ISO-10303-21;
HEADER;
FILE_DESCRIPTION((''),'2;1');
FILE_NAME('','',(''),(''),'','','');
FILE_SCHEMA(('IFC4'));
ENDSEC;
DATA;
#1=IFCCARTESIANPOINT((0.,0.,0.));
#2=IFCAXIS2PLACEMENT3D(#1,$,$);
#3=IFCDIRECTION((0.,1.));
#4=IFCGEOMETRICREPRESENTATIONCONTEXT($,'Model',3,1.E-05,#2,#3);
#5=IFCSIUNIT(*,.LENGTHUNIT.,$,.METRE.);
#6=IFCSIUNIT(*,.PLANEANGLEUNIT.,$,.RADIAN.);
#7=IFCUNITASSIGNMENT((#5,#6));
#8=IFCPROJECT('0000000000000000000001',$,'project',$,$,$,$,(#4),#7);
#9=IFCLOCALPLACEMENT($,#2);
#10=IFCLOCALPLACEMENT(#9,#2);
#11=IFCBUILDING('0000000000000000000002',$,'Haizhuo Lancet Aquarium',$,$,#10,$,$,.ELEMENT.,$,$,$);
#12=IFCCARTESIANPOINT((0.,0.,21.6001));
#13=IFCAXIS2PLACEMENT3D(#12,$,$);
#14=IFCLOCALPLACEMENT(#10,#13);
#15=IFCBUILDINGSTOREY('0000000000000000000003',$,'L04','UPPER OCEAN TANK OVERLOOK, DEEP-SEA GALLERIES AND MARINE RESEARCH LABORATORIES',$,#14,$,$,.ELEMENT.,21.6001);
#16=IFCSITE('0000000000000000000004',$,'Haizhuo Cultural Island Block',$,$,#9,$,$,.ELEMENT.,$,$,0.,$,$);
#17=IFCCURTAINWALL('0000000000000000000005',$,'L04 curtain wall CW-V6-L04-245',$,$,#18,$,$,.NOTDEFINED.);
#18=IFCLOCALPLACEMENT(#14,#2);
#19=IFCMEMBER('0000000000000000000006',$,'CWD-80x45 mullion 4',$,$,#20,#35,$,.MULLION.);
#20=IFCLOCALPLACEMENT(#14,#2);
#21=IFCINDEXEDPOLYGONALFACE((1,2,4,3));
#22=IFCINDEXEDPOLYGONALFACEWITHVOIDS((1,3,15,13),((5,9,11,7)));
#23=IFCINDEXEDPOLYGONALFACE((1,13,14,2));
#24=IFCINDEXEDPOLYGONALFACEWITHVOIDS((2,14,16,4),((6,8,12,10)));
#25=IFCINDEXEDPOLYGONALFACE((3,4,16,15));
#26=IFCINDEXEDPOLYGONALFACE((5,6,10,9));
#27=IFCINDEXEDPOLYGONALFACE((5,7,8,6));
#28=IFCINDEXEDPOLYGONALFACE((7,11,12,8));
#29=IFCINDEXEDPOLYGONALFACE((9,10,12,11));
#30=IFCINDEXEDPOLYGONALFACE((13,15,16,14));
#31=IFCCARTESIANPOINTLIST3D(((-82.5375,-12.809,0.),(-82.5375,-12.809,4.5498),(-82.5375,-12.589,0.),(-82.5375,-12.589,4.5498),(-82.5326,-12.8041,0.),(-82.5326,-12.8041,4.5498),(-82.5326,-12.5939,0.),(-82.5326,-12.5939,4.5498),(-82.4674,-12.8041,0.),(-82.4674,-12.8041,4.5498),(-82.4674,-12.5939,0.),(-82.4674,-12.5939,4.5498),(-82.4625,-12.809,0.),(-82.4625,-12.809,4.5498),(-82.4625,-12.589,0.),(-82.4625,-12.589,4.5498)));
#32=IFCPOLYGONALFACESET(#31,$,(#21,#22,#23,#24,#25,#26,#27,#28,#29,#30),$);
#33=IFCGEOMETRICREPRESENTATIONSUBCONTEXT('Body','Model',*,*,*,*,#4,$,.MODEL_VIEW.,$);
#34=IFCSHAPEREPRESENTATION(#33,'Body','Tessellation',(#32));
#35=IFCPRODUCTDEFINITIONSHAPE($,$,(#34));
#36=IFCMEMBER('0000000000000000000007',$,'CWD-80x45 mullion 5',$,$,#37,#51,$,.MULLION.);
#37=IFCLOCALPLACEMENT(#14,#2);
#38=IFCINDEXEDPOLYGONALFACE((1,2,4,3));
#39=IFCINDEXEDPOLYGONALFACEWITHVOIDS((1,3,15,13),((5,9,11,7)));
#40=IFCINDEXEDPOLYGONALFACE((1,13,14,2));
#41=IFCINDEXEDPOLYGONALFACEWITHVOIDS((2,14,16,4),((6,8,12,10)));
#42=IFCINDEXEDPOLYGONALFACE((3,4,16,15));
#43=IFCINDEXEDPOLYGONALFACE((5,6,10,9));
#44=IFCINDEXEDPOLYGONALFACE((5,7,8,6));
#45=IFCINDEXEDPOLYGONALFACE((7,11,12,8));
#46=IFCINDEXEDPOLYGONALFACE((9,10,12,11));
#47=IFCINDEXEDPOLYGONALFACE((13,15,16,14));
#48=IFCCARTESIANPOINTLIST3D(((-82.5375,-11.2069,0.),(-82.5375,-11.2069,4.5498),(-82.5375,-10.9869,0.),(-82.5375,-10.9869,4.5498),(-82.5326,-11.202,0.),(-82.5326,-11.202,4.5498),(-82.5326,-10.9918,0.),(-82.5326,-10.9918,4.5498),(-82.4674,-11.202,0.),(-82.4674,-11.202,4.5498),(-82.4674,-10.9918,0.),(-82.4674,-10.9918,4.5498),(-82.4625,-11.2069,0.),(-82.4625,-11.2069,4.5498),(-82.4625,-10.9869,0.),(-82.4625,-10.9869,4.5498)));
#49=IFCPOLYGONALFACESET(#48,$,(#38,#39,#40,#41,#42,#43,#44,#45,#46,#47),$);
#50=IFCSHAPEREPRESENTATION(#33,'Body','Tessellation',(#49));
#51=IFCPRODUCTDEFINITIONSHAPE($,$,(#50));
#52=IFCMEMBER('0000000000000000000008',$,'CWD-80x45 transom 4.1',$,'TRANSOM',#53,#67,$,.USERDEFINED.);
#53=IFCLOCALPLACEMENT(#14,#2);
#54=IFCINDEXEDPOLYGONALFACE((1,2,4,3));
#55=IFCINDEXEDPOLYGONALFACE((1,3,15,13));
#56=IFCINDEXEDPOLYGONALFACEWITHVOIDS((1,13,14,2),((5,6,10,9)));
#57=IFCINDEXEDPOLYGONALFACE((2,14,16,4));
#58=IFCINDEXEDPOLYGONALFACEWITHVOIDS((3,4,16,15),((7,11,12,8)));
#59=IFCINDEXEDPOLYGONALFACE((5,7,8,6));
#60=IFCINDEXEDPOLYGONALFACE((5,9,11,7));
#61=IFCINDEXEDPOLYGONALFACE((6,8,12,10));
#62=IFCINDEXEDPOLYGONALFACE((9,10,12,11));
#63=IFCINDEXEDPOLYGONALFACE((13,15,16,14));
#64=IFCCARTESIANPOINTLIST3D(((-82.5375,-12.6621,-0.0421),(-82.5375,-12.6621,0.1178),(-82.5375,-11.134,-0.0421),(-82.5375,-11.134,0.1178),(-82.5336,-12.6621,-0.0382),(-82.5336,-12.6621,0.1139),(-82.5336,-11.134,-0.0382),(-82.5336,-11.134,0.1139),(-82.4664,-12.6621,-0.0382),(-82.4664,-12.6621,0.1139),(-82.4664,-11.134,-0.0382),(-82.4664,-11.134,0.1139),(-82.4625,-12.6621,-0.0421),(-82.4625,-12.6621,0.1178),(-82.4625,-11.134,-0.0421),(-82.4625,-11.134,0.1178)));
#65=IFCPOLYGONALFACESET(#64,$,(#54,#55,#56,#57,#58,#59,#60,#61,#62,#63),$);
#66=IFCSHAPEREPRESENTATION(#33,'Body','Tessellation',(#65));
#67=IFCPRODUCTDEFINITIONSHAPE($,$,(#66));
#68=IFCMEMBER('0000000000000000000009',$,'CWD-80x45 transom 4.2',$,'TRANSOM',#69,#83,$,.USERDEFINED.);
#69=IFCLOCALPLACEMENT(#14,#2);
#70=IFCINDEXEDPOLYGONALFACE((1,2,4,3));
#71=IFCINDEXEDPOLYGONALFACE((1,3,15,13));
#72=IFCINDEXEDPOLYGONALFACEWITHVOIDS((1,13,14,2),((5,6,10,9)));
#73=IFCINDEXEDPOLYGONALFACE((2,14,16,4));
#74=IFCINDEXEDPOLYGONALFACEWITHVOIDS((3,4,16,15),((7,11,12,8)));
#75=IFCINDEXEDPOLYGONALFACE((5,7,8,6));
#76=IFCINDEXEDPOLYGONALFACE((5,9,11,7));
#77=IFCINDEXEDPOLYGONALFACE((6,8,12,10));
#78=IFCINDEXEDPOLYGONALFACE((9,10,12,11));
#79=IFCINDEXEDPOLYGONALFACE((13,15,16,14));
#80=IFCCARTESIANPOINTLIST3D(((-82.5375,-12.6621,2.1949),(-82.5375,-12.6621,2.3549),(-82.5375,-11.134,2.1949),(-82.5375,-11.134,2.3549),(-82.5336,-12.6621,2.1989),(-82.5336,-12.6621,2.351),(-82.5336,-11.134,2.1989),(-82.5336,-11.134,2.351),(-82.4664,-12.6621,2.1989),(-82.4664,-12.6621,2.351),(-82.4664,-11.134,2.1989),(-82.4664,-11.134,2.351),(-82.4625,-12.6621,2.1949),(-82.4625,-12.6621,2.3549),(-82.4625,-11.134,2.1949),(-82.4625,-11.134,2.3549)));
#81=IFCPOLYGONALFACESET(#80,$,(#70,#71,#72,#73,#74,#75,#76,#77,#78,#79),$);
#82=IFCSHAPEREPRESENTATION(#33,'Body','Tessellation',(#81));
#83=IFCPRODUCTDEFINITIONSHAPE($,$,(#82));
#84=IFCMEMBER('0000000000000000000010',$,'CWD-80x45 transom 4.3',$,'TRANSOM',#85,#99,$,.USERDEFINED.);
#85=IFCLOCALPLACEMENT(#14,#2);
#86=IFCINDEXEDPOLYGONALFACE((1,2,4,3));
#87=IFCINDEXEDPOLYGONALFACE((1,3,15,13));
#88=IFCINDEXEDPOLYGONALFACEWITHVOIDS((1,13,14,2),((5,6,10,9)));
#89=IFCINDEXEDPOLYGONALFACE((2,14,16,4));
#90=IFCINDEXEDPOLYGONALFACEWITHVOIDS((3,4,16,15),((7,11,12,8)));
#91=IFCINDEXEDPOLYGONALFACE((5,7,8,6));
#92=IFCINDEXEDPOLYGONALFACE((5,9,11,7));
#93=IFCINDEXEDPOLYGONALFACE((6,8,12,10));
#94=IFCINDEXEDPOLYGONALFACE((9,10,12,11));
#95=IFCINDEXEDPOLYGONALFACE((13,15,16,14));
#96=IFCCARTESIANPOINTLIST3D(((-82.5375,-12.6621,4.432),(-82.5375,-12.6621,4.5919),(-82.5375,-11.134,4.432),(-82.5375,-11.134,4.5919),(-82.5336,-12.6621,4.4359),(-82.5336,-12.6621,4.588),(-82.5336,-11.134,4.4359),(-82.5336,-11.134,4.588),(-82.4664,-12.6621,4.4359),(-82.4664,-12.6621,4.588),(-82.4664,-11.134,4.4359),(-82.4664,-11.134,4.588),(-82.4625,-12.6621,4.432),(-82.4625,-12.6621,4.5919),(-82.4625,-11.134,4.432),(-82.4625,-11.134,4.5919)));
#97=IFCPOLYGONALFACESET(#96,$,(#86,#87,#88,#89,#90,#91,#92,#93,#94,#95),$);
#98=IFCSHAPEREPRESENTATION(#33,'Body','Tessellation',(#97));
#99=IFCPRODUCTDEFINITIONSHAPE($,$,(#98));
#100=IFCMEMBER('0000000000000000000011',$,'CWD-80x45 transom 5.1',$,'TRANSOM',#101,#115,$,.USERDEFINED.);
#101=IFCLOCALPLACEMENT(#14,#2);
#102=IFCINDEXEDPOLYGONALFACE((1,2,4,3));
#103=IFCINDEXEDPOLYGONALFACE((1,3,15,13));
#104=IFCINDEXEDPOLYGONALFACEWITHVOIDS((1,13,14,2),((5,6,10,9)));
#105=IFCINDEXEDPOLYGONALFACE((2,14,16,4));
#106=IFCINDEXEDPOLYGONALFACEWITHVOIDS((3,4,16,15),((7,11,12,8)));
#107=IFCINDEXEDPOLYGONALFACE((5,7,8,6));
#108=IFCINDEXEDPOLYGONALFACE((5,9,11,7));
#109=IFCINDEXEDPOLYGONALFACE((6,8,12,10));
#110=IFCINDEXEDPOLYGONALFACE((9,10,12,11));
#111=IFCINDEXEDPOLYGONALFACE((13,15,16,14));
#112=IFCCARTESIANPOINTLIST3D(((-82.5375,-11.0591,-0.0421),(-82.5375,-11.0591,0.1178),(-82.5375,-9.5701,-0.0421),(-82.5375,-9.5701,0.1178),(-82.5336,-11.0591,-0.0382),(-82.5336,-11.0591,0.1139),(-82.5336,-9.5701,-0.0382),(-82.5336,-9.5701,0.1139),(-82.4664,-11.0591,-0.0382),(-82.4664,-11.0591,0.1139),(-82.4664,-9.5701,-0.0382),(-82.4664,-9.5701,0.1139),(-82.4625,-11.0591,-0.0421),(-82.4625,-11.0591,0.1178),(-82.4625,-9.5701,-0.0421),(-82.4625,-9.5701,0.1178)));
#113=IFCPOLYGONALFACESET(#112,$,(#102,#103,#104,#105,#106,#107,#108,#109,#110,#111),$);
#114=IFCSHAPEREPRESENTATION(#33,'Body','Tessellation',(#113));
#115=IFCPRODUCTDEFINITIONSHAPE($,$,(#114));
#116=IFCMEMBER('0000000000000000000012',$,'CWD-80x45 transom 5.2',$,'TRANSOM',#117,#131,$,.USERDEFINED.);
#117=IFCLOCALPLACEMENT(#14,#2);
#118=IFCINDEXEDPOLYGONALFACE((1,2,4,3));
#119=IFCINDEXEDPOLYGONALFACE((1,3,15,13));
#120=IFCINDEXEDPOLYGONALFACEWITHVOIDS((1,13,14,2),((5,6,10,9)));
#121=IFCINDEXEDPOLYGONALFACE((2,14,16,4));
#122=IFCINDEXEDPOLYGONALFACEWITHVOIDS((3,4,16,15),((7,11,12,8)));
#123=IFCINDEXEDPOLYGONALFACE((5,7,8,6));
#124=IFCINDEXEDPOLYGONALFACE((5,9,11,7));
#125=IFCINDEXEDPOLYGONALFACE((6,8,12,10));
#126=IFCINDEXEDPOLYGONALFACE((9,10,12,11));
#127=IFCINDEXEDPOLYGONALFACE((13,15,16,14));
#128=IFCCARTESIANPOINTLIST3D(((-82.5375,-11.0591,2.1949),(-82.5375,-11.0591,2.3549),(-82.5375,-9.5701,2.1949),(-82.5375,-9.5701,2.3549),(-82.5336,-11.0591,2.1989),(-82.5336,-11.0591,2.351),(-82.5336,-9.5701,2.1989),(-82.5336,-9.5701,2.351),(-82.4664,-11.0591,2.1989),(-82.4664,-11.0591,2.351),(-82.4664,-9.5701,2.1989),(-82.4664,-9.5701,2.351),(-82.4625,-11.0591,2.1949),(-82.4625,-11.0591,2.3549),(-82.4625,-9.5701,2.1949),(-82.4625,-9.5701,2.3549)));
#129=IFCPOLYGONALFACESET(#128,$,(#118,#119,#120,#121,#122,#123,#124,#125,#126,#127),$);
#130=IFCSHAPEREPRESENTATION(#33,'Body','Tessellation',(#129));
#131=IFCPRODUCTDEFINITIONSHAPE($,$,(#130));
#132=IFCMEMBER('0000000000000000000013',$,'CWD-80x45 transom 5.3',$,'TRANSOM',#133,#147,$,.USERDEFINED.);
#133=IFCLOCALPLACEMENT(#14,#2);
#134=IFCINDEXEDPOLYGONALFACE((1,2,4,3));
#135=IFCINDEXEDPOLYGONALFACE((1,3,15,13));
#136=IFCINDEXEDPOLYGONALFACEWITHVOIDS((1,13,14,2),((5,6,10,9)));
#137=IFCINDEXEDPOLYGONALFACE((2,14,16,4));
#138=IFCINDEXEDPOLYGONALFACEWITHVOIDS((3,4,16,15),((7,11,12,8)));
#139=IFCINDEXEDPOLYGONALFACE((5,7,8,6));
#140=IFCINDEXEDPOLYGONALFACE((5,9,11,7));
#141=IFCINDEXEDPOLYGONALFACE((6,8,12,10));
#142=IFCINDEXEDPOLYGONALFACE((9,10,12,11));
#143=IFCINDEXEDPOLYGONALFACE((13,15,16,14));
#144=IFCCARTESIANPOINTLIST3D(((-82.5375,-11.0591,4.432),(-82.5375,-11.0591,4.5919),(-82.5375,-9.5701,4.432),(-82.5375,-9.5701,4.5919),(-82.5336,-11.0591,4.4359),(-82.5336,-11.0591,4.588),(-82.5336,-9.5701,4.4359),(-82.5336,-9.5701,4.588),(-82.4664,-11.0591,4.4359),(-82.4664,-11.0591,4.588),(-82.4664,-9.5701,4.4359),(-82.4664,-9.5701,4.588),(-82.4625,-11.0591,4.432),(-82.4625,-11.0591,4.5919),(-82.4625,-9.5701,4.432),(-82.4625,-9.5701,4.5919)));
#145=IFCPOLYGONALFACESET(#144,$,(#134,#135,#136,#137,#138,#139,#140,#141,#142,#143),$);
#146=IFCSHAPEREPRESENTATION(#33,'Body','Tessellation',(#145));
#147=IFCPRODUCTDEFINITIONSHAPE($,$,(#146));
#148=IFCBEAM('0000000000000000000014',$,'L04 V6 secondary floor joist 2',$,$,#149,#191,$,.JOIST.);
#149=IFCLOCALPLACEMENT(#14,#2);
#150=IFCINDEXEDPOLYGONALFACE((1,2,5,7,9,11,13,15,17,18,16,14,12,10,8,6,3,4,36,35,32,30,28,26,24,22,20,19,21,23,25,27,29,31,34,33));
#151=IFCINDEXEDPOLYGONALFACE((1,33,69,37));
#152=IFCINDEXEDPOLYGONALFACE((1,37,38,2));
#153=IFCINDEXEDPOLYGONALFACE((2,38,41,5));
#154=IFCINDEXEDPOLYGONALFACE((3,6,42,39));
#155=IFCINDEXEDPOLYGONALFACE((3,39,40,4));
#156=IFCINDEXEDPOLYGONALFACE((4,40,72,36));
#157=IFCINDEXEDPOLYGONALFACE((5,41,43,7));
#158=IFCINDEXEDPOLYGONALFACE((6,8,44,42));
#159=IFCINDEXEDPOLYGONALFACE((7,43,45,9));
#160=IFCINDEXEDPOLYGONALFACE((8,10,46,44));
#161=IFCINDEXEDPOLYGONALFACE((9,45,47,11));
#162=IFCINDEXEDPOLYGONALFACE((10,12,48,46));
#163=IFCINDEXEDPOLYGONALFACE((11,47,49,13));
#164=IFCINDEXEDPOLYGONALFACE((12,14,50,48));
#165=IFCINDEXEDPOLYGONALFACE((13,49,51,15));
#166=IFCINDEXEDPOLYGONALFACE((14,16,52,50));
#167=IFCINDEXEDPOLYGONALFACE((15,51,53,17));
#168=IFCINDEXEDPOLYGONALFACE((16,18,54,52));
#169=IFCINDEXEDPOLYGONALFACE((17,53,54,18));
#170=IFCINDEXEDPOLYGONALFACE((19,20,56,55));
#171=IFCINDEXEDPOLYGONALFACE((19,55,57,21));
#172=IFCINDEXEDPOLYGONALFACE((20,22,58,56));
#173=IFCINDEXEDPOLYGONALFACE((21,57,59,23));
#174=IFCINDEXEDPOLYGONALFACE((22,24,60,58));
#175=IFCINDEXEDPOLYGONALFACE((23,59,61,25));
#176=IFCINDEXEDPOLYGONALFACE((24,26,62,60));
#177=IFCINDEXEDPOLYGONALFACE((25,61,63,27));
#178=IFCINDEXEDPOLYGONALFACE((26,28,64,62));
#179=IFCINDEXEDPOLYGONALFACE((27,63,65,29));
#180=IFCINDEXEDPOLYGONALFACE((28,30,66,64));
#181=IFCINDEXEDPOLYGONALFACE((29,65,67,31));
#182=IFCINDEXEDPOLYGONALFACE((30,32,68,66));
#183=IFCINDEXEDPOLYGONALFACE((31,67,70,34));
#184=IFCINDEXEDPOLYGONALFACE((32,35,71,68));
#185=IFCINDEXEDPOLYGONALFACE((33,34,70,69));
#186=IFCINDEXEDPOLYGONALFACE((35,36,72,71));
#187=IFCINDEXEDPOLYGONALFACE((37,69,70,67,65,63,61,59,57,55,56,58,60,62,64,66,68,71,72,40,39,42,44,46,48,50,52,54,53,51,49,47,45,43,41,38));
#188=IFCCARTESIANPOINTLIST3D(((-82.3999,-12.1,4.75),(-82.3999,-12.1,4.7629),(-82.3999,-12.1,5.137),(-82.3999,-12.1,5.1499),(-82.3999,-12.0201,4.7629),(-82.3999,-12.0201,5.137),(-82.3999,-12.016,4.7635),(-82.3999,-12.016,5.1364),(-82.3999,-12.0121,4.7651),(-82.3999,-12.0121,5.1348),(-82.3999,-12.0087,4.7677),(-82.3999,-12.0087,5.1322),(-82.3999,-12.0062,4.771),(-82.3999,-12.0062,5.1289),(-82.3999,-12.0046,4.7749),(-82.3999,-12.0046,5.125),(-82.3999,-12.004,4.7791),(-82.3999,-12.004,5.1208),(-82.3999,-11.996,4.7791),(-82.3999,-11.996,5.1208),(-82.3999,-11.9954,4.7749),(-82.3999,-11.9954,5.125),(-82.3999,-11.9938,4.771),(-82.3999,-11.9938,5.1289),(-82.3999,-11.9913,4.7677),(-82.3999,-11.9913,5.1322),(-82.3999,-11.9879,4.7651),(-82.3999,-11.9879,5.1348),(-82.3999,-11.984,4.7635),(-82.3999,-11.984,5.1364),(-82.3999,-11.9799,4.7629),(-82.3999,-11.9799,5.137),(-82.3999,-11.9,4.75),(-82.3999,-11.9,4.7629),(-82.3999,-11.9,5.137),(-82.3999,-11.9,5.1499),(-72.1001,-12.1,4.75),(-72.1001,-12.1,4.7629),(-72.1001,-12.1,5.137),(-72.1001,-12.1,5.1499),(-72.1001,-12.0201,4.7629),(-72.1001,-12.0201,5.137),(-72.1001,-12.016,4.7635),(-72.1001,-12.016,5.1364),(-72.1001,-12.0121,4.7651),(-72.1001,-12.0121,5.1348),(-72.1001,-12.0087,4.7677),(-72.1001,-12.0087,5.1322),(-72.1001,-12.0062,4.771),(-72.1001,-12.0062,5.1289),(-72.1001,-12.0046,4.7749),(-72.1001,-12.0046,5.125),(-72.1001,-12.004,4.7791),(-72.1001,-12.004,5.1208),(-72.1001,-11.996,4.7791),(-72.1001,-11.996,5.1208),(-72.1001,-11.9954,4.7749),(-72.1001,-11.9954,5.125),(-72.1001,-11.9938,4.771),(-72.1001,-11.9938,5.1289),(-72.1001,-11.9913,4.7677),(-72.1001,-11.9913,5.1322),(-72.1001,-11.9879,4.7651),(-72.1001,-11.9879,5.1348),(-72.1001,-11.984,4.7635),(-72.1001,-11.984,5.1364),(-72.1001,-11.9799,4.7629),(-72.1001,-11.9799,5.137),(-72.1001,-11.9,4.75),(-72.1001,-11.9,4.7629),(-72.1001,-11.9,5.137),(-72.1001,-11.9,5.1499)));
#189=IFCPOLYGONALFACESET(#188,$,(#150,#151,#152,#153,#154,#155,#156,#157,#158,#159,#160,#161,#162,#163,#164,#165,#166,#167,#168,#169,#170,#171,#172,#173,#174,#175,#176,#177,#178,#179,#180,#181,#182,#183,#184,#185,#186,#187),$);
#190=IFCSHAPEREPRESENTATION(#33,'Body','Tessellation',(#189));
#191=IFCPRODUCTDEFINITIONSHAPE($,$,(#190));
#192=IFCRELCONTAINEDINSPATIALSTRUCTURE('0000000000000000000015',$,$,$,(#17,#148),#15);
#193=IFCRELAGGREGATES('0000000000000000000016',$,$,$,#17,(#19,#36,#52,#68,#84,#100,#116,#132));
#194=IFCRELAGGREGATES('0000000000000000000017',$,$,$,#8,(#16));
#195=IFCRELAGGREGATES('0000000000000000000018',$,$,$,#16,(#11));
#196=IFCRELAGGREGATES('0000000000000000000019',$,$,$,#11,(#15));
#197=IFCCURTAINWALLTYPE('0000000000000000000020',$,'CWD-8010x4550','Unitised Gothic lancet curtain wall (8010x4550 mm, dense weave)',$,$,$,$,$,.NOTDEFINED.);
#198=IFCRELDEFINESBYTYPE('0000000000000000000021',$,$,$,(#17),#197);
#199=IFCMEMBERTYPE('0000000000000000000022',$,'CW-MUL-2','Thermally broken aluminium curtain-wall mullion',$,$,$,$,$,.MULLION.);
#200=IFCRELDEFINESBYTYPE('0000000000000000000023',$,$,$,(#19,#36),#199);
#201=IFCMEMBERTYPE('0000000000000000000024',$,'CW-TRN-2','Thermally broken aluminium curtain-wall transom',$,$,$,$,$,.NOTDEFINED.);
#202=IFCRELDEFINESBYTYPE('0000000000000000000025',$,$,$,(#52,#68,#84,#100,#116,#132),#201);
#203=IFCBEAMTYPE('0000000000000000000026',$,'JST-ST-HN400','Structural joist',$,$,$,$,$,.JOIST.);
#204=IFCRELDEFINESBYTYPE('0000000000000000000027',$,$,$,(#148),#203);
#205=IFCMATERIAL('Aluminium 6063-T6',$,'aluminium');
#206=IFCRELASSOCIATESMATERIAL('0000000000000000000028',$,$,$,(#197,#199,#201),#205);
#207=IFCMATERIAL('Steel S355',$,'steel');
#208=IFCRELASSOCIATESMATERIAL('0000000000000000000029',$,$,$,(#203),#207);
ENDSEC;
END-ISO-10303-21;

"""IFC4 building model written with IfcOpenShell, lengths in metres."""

from ifc_helpers import new_model, si_unit, direction, frame, origin, origin_2d, place, context, subcontext, project, spatial, hollow_rectangle, i_section, extrude, material, material_profile, profile_set, type_object, element, aggregate, save


model = new_model("IFC4")

# Units and contexts
model_context = context("Model", 3, precision=1e-05, world=origin(), true_north=direction((0.0, 1.0)))
body_context = subcontext(model_context, "Body", "Model", "MODEL_VIEW")
ifc_project = project(units=[si_unit("LENGTHUNIT", "METRE"), si_unit("PLANEANGLEUNIT", "RADIAN")], contexts=[model_context])

# Site, building, storey
site_placement = place(None, origin())
site = spatial("IfcSite", under=ifc_project, at=site_placement, Name="Haizhuo Cultural Island Block", CompositionType="ELEMENT", RefElevation=0.0)
building_placement = place(site_placement, origin())
building = spatial("IfcBuilding", under=site, at=building_placement, Name="Haizhuo Lancet Aquarium", CompositionType="ELEMENT")
storey_placement = place(building_placement, frame((0.0, 0.0, 21.6001)))
storey = spatial("IfcBuildingStorey", under=building, at=storey_placement, Name="L04", Description="UPPER OCEAN TANK OVERLOOK, DEEP-SEA GALLERIES AND MARINE RESEARCH LABORATORIES", CompositionType="ELEMENT", Elevation=21.6001)

# Curtain wall, members
ifc_material_1 = material(Name="Aluminium 6063-T6", Category="aluminium")
curtain_wall_type = type_object("IfcCurtainWallType", Name="CWD-8010x4550", Description="Unitised Gothic lancet curtain wall (8010x4550 mm, dense weave)", PredefinedType="NOTDEFINED", material=ifc_material_1)
curtain_wall_placement = place(storey_placement, origin())
curtain_wall = element("IfcCurtainWall", 1, at=curtain_wall_placement, inside=storey, type_object=curtain_wall_type, Name="L04 curtain wall CW-V6-L04-245", PredefinedType="NOTDEFINED")
ifc_material_profile_1 = material_profile(ifc_material_1, hollow_rectangle(XDim=0.075, YDim=0.22, WallThickness=0.0049, at=origin_2d()), Name="ALU-M 75x220x5")
ifc_profile_set_1 = profile_set([ifc_material_profile_1], Name="Aluminium 6063-T6")
member_type_1 = type_object("IfcMemberType", Name="CW-MUL-2", Description="Thermally broken aluminium curtain-wall mullion", PredefinedType="MULLION", material=ifc_profile_set_1)
member_1_placement = place(storey_placement, frame((-82.5, -12.699, 0.0), z_axis=(0.0, 0.0, 1.0), x_axis=(-1.0, 0.0, 0.0)))
member_1 = element("IfcMember", 2, at=member_1_placement, type_object=member_type_1, Name="CWD-80x45 mullion 4", PredefinedType="MULLION", context=body_context, shape_type="SweptSolid", body=[
    extrude(hollow_rectangle(XDim=0.075, YDim=0.22, WallThickness=0.0049, at=origin_2d()), origin(), (0.0, 0.0, 1.0), 4.5498),
])
member_2_placement = place(storey_placement, frame((-82.5, -11.0969, 0.0), z_axis=(0.0, 0.0, 1.0), x_axis=(-1.0, 0.0, 0.0)))
member_2 = element("IfcMember", 3, at=member_2_placement, type_object=member_type_1, Name="CWD-80x45 mullion 5", PredefinedType="MULLION", context=body_context, shape_type="SweptSolid", body=[
    extrude(hollow_rectangle(XDim=0.075, YDim=0.22, WallThickness=0.0049, at=origin_2d()), origin(), (0.0, 0.0, 1.0), 4.5498),
])
ifc_material_profile_2 = material_profile(ifc_material_1, hollow_rectangle(XDim=0.075, YDim=0.1599, WallThickness=0.0039, at=origin_2d()), Name="ALU-T 75x160x4")
ifc_profile_set_2 = profile_set([ifc_material_profile_2], Name="Aluminium 6063-T6")
member_type_2 = type_object("IfcMemberType", Name="CW-TRN-2", Description="Thermally broken aluminium curtain-wall transom", PredefinedType="NOTDEFINED", material=ifc_profile_set_2)
member_3_placement = place(storey_placement, frame((-82.5, -12.6621, 0.0378), z_axis=(0.0, 1.0, 0.0), x_axis=(-1.0, 0.0, 0.0)))
member_3 = element("IfcMember", 4, at=member_3_placement, type_object=member_type_2, Name="CWD-80x45 transom 4.1", ObjectType="TRANSOM", PredefinedType="USERDEFINED", context=body_context, shape_type="SweptSolid", body=[
    extrude(hollow_rectangle(XDim=0.075, YDim=0.1599, WallThickness=0.0039, at=origin_2d()), origin(), (0.0, 0.0, 1.0), 1.5281),
])
member_4_placement = place(storey_placement, frame((-82.5, -12.6621, 2.2749), z_axis=(0.0, 1.0, 0.0), x_axis=(-1.0, 0.0, 0.0)))
member_4 = element("IfcMember", 5, at=member_4_placement, type_object=member_type_2, Name="CWD-80x45 transom 4.2", ObjectType="TRANSOM", PredefinedType="USERDEFINED", context=body_context, shape_type="SweptSolid", body=[
    extrude(hollow_rectangle(XDim=0.075, YDim=0.1599, WallThickness=0.0039, at=origin_2d()), origin(), (0.0, 0.0, 1.0), 1.5281),
])
member_5_placement = place(storey_placement, frame((-82.5, -12.6621, 4.512), z_axis=(0.0, 1.0, 0.0), x_axis=(-1.0, 0.0, 0.0)))
member_5 = element("IfcMember", 6, at=member_5_placement, type_object=member_type_2, Name="CWD-80x45 transom 4.3", ObjectType="TRANSOM", PredefinedType="USERDEFINED", context=body_context, shape_type="SweptSolid", body=[
    extrude(hollow_rectangle(XDim=0.075, YDim=0.1599, WallThickness=0.0039, at=origin_2d()), origin(), (0.0, 0.0, 1.0), 1.5281),
])
member_6_placement = place(storey_placement, frame((-82.5, -11.0591, 0.0378), z_axis=(0.0, 1.0, 0.0), x_axis=(-1.0, 0.0, 0.0)))
member_6 = element("IfcMember", 7, at=member_6_placement, type_object=member_type_2, Name="CWD-80x45 transom 5.1", ObjectType="TRANSOM", PredefinedType="USERDEFINED", context=body_context, shape_type="SweptSolid", body=[
    extrude(hollow_rectangle(XDim=0.075, YDim=0.1599, WallThickness=0.0039, at=origin_2d()), origin(), (0.0, 0.0, 1.0), 1.489),
])
member_7_placement = place(storey_placement, frame((-82.5, -11.0591, 2.2749), z_axis=(0.0, 1.0, 0.0), x_axis=(-1.0, 0.0, 0.0)))
member_7 = element("IfcMember", 8, at=member_7_placement, type_object=member_type_2, Name="CWD-80x45 transom 5.2", ObjectType="TRANSOM", PredefinedType="USERDEFINED", context=body_context, shape_type="SweptSolid", body=[
    extrude(hollow_rectangle(XDim=0.075, YDim=0.1599, WallThickness=0.0039, at=origin_2d()), origin(), (0.0, 0.0, 1.0), 1.489),
])
member_8_placement = place(storey_placement, frame((-82.5, -11.0591, 4.512), z_axis=(0.0, 1.0, 0.0), x_axis=(-1.0, 0.0, 0.0)))
member_8 = element("IfcMember", 9, at=member_8_placement, type_object=member_type_2, Name="CWD-80x45 transom 5.3", ObjectType="TRANSOM", PredefinedType="USERDEFINED", context=body_context, shape_type="SweptSolid", body=[
    extrude(hollow_rectangle(XDim=0.075, YDim=0.1599, WallThickness=0.0039, at=origin_2d()), origin(), (0.0, 0.0, 1.0), 1.489),
])

# Beam
ifc_material_2 = material(Name="Steel S355", Category="steel")
ifc_material_profile_3 = material_profile(ifc_material_2, i_section(OverallWidth=0.2, OverallDepth=0.3999, WebThickness=0.0081, FlangeThickness=0.0129, FilletRadius=0.0161, at=origin_2d()), Name="HN 400x200x8x13")
ifc_profile_set_3 = profile_set([ifc_material_profile_3], Name="Steel S355")
beam_type = type_object("IfcBeamType", Name="JST-ST-HN400", Description="Structural joist", PredefinedType="JOIST", material=ifc_profile_set_3)
beam_placement = place(storey_placement, frame((-82.3999, -12.0, 4.95), z_axis=(1.0, 0.0, 0.0), x_axis=(0.0, 1.0, 0.0)))
element("IfcBeam", 10, at=beam_placement, inside=storey, type_object=beam_type, Name="L04 V6 secondary floor joist 2", PredefinedType="JOIST", context=body_context, shape_type="SweptSolid", body=[
    extrude(i_section(OverallWidth=0.2, OverallDepth=0.3999, WebThickness=0.0081, FlangeThickness=0.0129, FilletRadius=0.0161, at=origin_2d()), origin(), (0.0, 0.0, 1.0), 10.2998),
])

aggregate(curtain_wall, [member_1, member_2, member_3, member_4, member_5, member_6, member_7, member_8])

save(model, "model.ifc")
